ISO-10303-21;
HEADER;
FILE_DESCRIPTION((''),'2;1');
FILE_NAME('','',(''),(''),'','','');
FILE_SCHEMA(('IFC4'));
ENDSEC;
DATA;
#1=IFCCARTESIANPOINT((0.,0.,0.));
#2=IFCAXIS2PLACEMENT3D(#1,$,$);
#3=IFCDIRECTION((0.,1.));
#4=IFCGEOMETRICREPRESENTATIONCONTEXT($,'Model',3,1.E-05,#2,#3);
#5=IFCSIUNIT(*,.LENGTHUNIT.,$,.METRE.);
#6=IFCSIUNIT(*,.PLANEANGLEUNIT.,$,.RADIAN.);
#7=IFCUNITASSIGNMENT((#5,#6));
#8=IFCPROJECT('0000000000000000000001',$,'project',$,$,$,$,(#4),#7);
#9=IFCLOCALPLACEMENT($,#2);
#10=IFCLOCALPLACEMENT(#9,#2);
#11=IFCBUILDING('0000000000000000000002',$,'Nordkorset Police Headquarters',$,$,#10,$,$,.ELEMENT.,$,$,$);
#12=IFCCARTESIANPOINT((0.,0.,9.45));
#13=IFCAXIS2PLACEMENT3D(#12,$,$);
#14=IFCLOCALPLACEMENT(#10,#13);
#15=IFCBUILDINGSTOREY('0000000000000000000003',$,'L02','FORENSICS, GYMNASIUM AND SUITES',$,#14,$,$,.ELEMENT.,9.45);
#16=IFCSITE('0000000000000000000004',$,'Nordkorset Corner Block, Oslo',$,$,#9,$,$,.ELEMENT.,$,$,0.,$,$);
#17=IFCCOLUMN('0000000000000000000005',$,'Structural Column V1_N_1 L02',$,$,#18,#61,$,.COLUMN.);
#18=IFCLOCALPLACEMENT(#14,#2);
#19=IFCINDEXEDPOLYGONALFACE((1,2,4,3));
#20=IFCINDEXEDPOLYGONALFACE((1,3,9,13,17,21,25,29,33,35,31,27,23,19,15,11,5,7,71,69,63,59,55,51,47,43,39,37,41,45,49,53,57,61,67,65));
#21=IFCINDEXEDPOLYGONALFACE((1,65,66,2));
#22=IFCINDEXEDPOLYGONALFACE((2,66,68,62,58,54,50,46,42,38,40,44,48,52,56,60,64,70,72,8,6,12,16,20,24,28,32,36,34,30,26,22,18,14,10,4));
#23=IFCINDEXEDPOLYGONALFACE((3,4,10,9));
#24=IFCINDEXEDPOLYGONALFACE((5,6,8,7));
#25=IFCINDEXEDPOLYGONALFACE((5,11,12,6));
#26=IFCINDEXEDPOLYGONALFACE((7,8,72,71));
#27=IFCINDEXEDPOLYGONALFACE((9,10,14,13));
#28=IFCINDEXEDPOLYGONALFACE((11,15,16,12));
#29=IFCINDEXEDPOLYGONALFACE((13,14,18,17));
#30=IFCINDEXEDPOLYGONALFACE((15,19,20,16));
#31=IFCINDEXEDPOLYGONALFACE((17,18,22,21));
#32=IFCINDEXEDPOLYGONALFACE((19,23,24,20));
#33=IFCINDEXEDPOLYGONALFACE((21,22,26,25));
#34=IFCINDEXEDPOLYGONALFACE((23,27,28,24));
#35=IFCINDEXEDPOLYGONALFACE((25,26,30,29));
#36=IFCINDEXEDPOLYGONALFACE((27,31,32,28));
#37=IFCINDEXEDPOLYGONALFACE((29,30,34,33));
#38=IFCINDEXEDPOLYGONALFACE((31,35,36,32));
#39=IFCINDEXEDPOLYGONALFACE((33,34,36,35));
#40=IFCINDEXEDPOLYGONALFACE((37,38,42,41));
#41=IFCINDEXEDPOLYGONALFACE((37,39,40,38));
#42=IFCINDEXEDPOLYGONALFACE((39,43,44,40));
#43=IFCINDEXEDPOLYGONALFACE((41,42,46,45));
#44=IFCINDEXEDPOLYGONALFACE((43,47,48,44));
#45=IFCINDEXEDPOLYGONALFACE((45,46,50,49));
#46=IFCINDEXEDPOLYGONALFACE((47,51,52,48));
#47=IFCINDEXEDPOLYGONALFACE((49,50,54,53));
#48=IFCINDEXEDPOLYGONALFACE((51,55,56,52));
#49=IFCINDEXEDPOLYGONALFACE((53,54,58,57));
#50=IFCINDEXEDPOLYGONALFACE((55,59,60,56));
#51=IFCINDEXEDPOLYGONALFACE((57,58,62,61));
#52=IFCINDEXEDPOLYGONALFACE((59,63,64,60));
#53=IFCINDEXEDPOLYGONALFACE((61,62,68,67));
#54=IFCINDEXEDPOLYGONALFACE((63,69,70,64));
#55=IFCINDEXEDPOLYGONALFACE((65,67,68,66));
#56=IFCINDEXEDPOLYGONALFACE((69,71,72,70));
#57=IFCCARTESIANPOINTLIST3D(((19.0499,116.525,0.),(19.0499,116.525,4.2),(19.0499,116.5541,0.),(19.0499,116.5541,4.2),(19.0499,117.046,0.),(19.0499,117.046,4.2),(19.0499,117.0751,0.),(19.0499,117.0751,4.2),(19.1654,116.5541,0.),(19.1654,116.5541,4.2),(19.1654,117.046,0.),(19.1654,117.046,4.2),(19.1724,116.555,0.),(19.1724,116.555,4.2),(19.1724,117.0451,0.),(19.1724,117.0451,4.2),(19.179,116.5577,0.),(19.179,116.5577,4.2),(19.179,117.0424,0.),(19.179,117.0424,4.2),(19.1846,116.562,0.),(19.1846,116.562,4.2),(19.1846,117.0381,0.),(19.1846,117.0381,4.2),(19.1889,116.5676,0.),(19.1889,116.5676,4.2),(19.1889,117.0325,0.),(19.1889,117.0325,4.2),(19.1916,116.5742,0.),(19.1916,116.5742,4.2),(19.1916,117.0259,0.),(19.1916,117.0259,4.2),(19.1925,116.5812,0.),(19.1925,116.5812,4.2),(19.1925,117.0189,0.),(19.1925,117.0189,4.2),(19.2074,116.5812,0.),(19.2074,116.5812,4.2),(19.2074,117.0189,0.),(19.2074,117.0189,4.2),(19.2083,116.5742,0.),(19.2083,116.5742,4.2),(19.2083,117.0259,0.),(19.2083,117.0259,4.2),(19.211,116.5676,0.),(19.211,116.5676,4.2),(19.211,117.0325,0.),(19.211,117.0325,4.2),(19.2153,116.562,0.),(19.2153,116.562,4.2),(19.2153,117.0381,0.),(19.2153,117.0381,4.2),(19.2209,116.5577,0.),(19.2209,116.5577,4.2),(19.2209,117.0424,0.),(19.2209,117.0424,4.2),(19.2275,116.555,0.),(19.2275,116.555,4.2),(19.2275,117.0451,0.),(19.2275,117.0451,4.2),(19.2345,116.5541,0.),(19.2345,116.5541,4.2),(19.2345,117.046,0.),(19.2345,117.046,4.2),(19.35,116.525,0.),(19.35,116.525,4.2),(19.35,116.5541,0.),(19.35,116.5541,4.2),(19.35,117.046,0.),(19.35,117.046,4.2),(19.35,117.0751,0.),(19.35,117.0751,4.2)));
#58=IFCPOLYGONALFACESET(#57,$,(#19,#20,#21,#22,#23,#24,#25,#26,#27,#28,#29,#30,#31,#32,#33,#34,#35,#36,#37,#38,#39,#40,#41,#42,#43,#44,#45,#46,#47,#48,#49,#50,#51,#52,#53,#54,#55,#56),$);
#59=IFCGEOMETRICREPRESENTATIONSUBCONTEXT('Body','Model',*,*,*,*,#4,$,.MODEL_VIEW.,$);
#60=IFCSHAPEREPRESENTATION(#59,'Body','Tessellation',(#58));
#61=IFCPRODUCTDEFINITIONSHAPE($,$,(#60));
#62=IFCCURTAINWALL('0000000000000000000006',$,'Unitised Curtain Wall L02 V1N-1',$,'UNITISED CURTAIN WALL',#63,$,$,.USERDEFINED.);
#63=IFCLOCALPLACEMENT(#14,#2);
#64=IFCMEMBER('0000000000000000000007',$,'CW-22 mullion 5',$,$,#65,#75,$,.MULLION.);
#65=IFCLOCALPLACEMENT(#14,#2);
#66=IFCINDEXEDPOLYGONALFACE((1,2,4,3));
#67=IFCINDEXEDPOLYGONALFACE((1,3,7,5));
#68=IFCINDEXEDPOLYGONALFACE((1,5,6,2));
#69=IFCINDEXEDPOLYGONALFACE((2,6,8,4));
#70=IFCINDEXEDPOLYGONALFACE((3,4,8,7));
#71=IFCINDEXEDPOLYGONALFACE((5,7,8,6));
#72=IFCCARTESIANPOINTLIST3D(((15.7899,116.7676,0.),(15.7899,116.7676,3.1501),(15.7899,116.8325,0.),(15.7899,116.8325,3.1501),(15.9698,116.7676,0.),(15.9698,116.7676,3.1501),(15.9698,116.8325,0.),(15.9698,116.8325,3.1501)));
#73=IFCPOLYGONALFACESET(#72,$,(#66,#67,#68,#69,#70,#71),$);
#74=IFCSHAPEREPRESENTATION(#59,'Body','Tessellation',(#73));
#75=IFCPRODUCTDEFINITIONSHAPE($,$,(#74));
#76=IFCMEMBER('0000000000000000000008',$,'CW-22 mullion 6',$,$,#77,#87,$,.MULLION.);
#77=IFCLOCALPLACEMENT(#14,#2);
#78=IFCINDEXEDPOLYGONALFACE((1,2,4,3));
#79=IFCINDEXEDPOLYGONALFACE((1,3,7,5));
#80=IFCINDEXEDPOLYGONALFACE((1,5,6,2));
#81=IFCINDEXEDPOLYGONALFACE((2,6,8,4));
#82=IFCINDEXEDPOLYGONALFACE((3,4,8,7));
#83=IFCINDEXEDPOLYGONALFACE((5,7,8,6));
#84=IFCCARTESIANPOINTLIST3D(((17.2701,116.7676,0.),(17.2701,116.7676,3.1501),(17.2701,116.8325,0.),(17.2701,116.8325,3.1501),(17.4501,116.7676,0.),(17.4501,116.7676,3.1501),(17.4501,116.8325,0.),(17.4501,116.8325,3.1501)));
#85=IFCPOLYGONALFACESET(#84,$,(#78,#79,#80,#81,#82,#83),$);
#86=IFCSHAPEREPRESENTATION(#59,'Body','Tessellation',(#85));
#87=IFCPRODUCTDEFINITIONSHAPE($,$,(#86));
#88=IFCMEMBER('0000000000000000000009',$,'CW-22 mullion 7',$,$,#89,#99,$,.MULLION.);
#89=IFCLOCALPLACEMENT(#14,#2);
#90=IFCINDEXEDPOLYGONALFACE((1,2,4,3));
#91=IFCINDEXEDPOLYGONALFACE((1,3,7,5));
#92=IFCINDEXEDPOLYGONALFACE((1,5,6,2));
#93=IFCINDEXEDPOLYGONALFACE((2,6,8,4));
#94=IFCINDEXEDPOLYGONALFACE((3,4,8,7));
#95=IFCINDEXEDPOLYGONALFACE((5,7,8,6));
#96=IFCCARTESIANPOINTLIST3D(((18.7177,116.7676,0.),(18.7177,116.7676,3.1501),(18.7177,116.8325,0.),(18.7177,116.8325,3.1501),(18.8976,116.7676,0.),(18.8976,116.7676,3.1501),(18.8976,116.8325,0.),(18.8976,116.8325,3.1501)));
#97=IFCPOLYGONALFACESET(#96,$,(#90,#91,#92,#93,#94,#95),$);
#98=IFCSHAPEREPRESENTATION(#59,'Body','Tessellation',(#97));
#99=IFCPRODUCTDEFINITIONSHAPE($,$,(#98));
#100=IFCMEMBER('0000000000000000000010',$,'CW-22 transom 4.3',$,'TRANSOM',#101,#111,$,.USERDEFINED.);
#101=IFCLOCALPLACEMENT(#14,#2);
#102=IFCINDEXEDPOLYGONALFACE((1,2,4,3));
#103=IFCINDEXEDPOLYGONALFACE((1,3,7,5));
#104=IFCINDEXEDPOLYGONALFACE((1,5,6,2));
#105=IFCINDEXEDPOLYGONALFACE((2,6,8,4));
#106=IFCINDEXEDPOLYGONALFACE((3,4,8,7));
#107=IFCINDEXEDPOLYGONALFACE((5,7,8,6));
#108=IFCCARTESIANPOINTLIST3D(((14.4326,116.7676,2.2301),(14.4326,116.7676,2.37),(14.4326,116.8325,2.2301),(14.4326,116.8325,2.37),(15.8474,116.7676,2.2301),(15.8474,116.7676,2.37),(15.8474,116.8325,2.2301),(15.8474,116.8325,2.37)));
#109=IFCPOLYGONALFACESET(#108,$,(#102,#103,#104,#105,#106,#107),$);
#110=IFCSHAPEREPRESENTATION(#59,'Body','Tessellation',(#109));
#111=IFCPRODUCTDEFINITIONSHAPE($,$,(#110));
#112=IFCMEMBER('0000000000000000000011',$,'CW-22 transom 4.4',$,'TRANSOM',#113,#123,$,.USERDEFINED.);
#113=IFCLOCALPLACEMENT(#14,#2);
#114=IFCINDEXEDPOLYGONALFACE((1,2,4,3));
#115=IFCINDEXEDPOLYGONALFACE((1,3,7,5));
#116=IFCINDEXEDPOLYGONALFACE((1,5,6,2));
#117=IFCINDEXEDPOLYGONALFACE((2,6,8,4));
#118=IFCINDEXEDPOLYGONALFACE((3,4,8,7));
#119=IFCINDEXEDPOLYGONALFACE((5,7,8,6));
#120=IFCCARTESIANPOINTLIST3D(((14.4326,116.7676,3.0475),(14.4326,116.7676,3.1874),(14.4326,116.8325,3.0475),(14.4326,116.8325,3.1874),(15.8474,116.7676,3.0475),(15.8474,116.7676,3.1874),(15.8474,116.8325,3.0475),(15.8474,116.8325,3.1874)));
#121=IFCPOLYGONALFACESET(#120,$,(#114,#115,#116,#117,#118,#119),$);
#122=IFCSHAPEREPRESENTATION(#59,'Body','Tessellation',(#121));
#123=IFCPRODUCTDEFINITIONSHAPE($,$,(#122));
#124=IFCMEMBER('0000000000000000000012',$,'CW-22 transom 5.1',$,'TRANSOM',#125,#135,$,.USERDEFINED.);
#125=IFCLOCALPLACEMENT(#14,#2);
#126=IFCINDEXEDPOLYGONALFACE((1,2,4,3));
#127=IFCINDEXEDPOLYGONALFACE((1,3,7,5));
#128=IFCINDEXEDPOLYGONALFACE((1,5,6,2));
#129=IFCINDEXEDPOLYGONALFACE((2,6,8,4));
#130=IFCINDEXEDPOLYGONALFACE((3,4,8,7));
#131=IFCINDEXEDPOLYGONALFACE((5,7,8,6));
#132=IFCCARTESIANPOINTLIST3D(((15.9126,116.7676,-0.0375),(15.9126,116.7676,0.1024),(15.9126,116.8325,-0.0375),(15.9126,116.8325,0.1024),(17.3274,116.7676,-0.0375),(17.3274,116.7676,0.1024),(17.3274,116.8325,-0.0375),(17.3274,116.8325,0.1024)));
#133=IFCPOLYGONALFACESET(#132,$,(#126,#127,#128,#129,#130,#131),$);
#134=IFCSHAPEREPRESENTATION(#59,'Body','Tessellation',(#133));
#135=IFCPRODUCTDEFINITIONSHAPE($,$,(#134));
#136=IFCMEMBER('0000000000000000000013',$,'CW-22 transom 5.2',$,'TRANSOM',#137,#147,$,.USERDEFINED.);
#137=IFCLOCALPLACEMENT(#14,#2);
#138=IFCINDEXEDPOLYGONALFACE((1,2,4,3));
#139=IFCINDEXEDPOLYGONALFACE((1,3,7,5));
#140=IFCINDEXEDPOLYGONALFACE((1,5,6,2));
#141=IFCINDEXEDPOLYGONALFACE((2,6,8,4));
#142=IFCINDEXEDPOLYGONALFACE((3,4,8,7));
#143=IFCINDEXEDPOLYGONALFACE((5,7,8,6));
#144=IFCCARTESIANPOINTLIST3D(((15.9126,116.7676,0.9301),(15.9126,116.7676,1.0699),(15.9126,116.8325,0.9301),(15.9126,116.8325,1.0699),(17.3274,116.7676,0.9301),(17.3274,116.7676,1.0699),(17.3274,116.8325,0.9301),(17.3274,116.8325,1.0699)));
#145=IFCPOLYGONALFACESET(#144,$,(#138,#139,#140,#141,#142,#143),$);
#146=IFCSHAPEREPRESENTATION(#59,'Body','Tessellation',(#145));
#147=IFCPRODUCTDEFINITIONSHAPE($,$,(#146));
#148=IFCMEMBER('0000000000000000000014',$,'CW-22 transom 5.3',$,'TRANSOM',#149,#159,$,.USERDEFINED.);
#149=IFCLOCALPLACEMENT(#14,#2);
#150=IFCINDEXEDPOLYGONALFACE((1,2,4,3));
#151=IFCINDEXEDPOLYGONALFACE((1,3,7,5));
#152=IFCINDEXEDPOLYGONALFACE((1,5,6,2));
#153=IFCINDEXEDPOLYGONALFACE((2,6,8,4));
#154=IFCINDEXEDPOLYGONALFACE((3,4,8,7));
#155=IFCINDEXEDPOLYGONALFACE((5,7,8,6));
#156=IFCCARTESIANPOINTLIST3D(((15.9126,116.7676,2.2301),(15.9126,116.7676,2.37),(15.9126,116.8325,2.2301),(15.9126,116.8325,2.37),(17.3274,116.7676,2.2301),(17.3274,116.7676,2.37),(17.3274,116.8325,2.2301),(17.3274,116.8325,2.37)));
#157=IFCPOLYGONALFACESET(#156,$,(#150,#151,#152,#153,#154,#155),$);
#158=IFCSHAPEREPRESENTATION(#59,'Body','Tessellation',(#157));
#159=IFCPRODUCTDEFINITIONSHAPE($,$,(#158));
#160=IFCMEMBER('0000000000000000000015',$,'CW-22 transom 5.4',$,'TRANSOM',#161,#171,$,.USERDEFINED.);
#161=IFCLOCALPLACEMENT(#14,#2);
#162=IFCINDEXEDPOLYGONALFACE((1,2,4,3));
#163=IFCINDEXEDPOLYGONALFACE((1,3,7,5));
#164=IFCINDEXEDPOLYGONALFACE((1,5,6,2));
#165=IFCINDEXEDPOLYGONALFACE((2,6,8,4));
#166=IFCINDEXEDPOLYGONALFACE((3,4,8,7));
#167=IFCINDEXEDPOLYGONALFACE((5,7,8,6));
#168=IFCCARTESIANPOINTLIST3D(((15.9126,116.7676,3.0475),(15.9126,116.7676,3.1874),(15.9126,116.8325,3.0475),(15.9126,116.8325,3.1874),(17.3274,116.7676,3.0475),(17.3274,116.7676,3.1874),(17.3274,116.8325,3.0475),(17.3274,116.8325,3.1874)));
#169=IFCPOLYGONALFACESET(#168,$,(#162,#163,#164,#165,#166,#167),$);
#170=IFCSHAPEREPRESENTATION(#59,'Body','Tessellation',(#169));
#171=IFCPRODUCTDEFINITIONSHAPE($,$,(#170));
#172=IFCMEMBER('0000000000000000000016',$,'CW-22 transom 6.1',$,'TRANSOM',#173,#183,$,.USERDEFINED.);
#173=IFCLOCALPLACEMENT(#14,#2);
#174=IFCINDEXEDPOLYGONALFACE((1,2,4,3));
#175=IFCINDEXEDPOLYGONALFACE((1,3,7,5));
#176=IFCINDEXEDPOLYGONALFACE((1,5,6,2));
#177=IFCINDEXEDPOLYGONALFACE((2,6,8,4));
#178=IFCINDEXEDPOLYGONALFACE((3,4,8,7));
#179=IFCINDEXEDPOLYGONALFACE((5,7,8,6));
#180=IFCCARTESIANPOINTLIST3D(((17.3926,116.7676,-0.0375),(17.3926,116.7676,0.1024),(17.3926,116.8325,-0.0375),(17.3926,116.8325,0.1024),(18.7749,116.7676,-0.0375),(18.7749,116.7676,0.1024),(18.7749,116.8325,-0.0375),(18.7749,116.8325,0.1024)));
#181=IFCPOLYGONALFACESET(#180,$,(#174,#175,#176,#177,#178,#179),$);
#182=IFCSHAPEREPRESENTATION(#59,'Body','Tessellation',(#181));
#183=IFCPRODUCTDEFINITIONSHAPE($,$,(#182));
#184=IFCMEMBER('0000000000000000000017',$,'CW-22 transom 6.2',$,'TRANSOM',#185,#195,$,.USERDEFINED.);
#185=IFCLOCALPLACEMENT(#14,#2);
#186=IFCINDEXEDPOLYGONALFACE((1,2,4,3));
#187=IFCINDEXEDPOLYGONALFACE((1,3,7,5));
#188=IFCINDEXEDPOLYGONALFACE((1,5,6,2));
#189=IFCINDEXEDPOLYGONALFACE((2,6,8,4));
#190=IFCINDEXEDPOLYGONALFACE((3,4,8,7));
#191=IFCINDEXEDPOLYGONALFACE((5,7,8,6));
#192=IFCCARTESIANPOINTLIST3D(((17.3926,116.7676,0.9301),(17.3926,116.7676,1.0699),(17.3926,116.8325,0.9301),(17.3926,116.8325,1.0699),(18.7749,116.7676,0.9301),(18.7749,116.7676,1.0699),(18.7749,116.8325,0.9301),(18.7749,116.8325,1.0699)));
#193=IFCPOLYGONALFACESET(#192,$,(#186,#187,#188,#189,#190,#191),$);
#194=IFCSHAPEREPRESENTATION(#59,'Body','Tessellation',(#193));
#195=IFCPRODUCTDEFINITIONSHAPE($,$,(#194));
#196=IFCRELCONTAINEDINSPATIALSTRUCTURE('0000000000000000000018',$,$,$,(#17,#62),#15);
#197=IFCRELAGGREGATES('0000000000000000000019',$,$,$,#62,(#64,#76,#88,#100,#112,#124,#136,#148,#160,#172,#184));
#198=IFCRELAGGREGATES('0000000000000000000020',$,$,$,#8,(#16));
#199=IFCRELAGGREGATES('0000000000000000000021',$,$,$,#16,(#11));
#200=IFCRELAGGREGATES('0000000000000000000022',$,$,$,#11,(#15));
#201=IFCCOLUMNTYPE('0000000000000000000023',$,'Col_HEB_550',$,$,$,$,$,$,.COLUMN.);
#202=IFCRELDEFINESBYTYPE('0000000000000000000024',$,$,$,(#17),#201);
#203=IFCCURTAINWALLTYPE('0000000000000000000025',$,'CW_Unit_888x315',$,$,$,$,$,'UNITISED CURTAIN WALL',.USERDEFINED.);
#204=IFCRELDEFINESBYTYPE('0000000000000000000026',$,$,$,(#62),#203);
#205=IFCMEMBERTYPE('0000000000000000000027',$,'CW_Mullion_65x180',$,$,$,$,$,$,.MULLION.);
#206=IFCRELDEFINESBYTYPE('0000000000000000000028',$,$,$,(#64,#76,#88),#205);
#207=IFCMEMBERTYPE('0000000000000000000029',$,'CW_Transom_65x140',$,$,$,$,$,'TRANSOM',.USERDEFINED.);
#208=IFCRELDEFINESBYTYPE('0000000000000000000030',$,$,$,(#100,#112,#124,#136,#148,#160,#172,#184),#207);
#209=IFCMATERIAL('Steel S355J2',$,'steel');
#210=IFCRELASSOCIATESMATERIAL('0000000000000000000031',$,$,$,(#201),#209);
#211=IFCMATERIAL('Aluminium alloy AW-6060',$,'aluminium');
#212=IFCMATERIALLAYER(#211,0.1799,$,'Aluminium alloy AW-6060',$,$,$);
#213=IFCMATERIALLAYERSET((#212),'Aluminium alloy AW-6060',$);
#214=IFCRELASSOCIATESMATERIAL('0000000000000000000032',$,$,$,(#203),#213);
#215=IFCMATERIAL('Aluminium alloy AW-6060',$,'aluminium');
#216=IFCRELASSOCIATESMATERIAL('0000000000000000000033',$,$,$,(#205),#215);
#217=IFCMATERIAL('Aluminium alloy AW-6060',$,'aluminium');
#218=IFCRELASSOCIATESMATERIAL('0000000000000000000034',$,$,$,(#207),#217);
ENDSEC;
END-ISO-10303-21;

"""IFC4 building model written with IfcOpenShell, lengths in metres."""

from ifc_helpers import new_model, si_unit, direction, frame, origin, origin_2d, place, context, subcontext, project, spatial, rectangle, i_section, extrude, material, layer, layer_set, material_profile, profile_set, type_object, element, aggregate, save


model = new_model("IFC4")

# Units and contexts
model_context = context("Model", 3, precision=1e-05, world=origin(), true_north=direction((0.0, 1.0)))
body_context = subcontext(model_context, "Body", "Model", "MODEL_VIEW")
ifc_project = project(units=[si_unit("LENGTHUNIT", "METRE"), si_unit("PLANEANGLEUNIT", "RADIAN")], contexts=[model_context])

# Site, building, storey
site_placement = place(None, origin())
site = spatial("IfcSite", under=ifc_project, at=site_placement, Name="Nordkorset Corner Block, Oslo", CompositionType="ELEMENT", RefElevation=0.0)
building_placement = place(site_placement, origin())
building = spatial("IfcBuilding", under=site, at=building_placement, Name="Nordkorset Police Headquarters", CompositionType="ELEMENT")
storey_placement = place(building_placement, frame((0.0, 0.0, 9.45)))
storey = spatial("IfcBuildingStorey", under=building, at=storey_placement, Name="L02", Description="FORENSICS, GYMNASIUM AND SUITES", CompositionType="ELEMENT", Elevation=9.45)

# Column
ifc_material_1 = material(Name="Steel S355J2", Category="steel")
ifc_material_profile_1 = material_profile(ifc_material_1, i_section(OverallWidth=0.3, OverallDepth=0.55, WebThickness=0.0149, FlangeThickness=0.0291, FilletRadius=0.0271, at=origin_2d()), Name="HEB 550")
ifc_profile_set_1 = profile_set([ifc_material_profile_1], Name="Steel S355J2")
column_type = type_object("IfcColumnType", Name="Col_HEB_550", PredefinedType="COLUMN", material=ifc_profile_set_1)
column_placement = place(storey_placement, frame((19.2, 116.8, 0.0), z_axis=(0.0, 0.0, 1.0), x_axis=(1.0, 0.0, 0.0)))
element("IfcColumn", 1, at=column_placement, inside=storey, type_object=column_type, Name="Structural Column V1_N_1 L02", PredefinedType="COLUMN", context=body_context, shape_type="SweptSolid", body=[
    extrude(i_section(OverallWidth=0.3, OverallDepth=0.55, WebThickness=0.0149, FlangeThickness=0.0291, FilletRadius=0.0271, at=origin_2d()), origin(), (0.0, 0.0, 1.0), 4.2),
])

# Curtain wall, members
ifc_material_2 = material(Name="Aluminium alloy AW-6060", Category="aluminium")
ifc_layer_1 = layer(ifc_material_2, 0.1799, Name="Aluminium alloy AW-6060")
ifc_layer_set_1 = layer_set([ifc_layer_1], Name="Aluminium alloy AW-6060")
curtain_wall_type = type_object("IfcCurtainWallType", Name="CW_Unit_888x315", ElementType="UNITISED CURTAIN WALL", PredefinedType="USERDEFINED", material=ifc_layer_set_1)
curtain_wall_placement = place(storey_placement, origin())
curtain_wall = element("IfcCurtainWall", 2, at=curtain_wall_placement, inside=storey, type_object=curtain_wall_type, Name="Unitised Curtain Wall L02 V1N-1", ObjectType="UNITISED CURTAIN WALL", PredefinedType="USERDEFINED")
ifc_material_3 = material(Name="Aluminium alloy AW-6060", Category="aluminium")
ifc_material_profile_2 = material_profile(ifc_material_3, rectangle(XDim=0.0649, YDim=0.1799, at=origin_2d()), Name="ALU MULL 65x180")
ifc_profile_set_2 = profile_set([ifc_material_profile_2], Name="Aluminium alloy AW-6060")
member_type_1 = type_object("IfcMemberType", Name="CW_Mullion_65x180", PredefinedType="MULLION", material=ifc_profile_set_2)
member_1_placement = place(storey_placement, frame((15.8799, 116.8, 0.0), z_axis=(0.0, 0.0, 1.0), x_axis=(0.0, 1.0, 0.0)))
member_1 = element("IfcMember", 3, at=member_1_placement, type_object=member_type_1, Name="CW-22 mullion 5", PredefinedType="MULLION", context=body_context, shape_type="SweptSolid", body=[
    extrude(rectangle(XDim=0.0649, YDim=0.1799, at=origin_2d()), origin(), (0.0, 0.0, 1.0), 3.1501),
])
member_2_placement = place(storey_placement, frame((17.3601, 116.8, 0.0), z_axis=(0.0, 0.0, 1.0), x_axis=(0.0, 1.0, 0.0)))
member_2 = element("IfcMember", 4, at=member_2_placement, type_object=member_type_1, Name="CW-22 mullion 6", PredefinedType="MULLION", context=body_context, shape_type="SweptSolid", body=[
    extrude(rectangle(XDim=0.0649, YDim=0.1799, at=origin_2d()), origin(), (0.0, 0.0, 1.0), 3.1501),
])
member_3_placement = place(storey_placement, frame((18.8076, 116.8, 0.0), z_axis=(0.0, 0.0, 1.0), x_axis=(0.0, 1.0, 0.0)))
member_3 = element("IfcMember", 5, at=member_3_placement, type_object=member_type_1, Name="CW-22 mullion 7", PredefinedType="MULLION", context=body_context, shape_type="SweptSolid", body=[
    extrude(rectangle(XDim=0.0649, YDim=0.1799, at=origin_2d()), origin(), (0.0, 0.0, 1.0), 3.1501),
])
ifc_material_4 = material(Name="Aluminium alloy AW-6060", Category="aluminium")
ifc_material_profile_3 = material_profile(ifc_material_4, rectangle(XDim=0.0649, YDim=0.1399, at=origin_2d()), Name="ALU TRAN 65x140")
ifc_profile_set_3 = profile_set([ifc_material_profile_3], Name="Aluminium alloy AW-6060")
member_type_2 = type_object("IfcMemberType", Name="CW_Transom_65x140", ElementType="TRANSOM", PredefinedType="USERDEFINED", material=ifc_profile_set_3)
member_4_placement = place(storey_placement, frame((14.4326, 116.8, 2.3), z_axis=(1.0, 0.0, 0.0), x_axis=(0.0, 1.0, 0.0)))
member_4 = element("IfcMember", 6, at=member_4_placement, type_object=member_type_2, Name="CW-22 transom 4.3", ObjectType="TRANSOM", PredefinedType="USERDEFINED", context=body_context, shape_type="SweptSolid", body=[
    extrude(rectangle(XDim=0.0649, YDim=0.1399, at=origin_2d()), origin(), (0.0, 0.0, 1.0), 1.4148),
])
member_5_placement = place(storey_placement, frame((14.4326, 116.8, 3.1174), z_axis=(1.0, 0.0, 0.0), x_axis=(0.0, 1.0, 0.0)))
member_5 = element("IfcMember", 7, at=member_5_placement, type_object=member_type_2, Name="CW-22 transom 4.4", ObjectType="TRANSOM", PredefinedType="USERDEFINED", context=body_context, shape_type="SweptSolid", body=[
    extrude(rectangle(XDim=0.0649, YDim=0.1399, at=origin_2d()), origin(), (0.0, 0.0, 1.0), 1.4148),
])
member_6_placement = place(storey_placement, frame((15.9126, 116.8, 0.0325), z_axis=(1.0, 0.0, 0.0), x_axis=(0.0, 1.0, 0.0)))
member_6 = element("IfcMember", 8, at=member_6_placement, type_object=member_type_2, Name="CW-22 transom 5.1", ObjectType="TRANSOM", PredefinedType="USERDEFINED", context=body_context, shape_type="SweptSolid", body=[
    extrude(rectangle(XDim=0.0649, YDim=0.1399, at=origin_2d()), origin(), (0.0, 0.0, 1.0), 1.4148),
])
member_7_placement = place(storey_placement, frame((15.9126, 116.8, 1.0), z_axis=(1.0, 0.0, 0.0), x_axis=(0.0, 1.0, 0.0)))
member_7 = element("IfcMember", 9, at=member_7_placement, type_object=member_type_2, Name="CW-22 transom 5.2", ObjectType="TRANSOM", PredefinedType="USERDEFINED", context=body_context, shape_type="SweptSolid", body=[
    extrude(rectangle(XDim=0.0649, YDim=0.1399, at=origin_2d()), origin(), (0.0, 0.0, 1.0), 1.4148),
])
member_8_placement = place(storey_placement, frame((15.9126, 116.8, 2.3), z_axis=(1.0, 0.0, 0.0), x_axis=(0.0, 1.0, 0.0)))
member_8 = element("IfcMember", 10, at=member_8_placement, type_object=member_type_2, Name="CW-22 transom 5.3", ObjectType="TRANSOM", PredefinedType="USERDEFINED", context=body_context, shape_type="SweptSolid", body=[
    extrude(rectangle(XDim=0.0649, YDim=0.1399, at=origin_2d()), origin(), (0.0, 0.0, 1.0), 1.4148),
])
member_9_placement = place(storey_placement, frame((15.9126, 116.8, 3.1174), z_axis=(1.0, 0.0, 0.0), x_axis=(0.0, 1.0, 0.0)))
member_9 = element("IfcMember", 11, at=member_9_placement, type_object=member_type_2, Name="CW-22 transom 5.4", ObjectType="TRANSOM", PredefinedType="USERDEFINED", context=body_context, shape_type="SweptSolid", body=[
    extrude(rectangle(XDim=0.0649, YDim=0.1399, at=origin_2d()), origin(), (0.0, 0.0, 1.0), 1.4148),
])
member_10_placement = place(storey_placement, frame((17.3926, 116.8, 0.0325), z_axis=(1.0, 0.0, 0.0), x_axis=(0.0, 1.0, 0.0)))
member_10 = element("IfcMember", 12, at=member_10_placement, type_object=member_type_2, Name="CW-22 transom 6.1", ObjectType="TRANSOM", PredefinedType="USERDEFINED", context=body_context, shape_type="SweptSolid", body=[
    extrude(rectangle(XDim=0.0649, YDim=0.1399, at=origin_2d()), origin(), (0.0, 0.0, 1.0), 1.3823),
])
member_11_placement = place(storey_placement, frame((17.3926, 116.8, 1.0), z_axis=(1.0, 0.0, 0.0), x_axis=(0.0, 1.0, 0.0)))
member_11 = element("IfcMember", 13, at=member_11_placement, type_object=member_type_2, Name="CW-22 transom 6.2", ObjectType="TRANSOM", PredefinedType="USERDEFINED", context=body_context, shape_type="SweptSolid", body=[
    extrude(rectangle(XDim=0.0649, YDim=0.1399, at=origin_2d()), origin(), (0.0, 0.0, 1.0), 1.3823),
])
aggregate(curtain_wall, [member_1, member_2, member_3, member_4, member_5, member_6, member_7, member_8, member_9, member_10, member_11])

save(model, "model.ifc")
